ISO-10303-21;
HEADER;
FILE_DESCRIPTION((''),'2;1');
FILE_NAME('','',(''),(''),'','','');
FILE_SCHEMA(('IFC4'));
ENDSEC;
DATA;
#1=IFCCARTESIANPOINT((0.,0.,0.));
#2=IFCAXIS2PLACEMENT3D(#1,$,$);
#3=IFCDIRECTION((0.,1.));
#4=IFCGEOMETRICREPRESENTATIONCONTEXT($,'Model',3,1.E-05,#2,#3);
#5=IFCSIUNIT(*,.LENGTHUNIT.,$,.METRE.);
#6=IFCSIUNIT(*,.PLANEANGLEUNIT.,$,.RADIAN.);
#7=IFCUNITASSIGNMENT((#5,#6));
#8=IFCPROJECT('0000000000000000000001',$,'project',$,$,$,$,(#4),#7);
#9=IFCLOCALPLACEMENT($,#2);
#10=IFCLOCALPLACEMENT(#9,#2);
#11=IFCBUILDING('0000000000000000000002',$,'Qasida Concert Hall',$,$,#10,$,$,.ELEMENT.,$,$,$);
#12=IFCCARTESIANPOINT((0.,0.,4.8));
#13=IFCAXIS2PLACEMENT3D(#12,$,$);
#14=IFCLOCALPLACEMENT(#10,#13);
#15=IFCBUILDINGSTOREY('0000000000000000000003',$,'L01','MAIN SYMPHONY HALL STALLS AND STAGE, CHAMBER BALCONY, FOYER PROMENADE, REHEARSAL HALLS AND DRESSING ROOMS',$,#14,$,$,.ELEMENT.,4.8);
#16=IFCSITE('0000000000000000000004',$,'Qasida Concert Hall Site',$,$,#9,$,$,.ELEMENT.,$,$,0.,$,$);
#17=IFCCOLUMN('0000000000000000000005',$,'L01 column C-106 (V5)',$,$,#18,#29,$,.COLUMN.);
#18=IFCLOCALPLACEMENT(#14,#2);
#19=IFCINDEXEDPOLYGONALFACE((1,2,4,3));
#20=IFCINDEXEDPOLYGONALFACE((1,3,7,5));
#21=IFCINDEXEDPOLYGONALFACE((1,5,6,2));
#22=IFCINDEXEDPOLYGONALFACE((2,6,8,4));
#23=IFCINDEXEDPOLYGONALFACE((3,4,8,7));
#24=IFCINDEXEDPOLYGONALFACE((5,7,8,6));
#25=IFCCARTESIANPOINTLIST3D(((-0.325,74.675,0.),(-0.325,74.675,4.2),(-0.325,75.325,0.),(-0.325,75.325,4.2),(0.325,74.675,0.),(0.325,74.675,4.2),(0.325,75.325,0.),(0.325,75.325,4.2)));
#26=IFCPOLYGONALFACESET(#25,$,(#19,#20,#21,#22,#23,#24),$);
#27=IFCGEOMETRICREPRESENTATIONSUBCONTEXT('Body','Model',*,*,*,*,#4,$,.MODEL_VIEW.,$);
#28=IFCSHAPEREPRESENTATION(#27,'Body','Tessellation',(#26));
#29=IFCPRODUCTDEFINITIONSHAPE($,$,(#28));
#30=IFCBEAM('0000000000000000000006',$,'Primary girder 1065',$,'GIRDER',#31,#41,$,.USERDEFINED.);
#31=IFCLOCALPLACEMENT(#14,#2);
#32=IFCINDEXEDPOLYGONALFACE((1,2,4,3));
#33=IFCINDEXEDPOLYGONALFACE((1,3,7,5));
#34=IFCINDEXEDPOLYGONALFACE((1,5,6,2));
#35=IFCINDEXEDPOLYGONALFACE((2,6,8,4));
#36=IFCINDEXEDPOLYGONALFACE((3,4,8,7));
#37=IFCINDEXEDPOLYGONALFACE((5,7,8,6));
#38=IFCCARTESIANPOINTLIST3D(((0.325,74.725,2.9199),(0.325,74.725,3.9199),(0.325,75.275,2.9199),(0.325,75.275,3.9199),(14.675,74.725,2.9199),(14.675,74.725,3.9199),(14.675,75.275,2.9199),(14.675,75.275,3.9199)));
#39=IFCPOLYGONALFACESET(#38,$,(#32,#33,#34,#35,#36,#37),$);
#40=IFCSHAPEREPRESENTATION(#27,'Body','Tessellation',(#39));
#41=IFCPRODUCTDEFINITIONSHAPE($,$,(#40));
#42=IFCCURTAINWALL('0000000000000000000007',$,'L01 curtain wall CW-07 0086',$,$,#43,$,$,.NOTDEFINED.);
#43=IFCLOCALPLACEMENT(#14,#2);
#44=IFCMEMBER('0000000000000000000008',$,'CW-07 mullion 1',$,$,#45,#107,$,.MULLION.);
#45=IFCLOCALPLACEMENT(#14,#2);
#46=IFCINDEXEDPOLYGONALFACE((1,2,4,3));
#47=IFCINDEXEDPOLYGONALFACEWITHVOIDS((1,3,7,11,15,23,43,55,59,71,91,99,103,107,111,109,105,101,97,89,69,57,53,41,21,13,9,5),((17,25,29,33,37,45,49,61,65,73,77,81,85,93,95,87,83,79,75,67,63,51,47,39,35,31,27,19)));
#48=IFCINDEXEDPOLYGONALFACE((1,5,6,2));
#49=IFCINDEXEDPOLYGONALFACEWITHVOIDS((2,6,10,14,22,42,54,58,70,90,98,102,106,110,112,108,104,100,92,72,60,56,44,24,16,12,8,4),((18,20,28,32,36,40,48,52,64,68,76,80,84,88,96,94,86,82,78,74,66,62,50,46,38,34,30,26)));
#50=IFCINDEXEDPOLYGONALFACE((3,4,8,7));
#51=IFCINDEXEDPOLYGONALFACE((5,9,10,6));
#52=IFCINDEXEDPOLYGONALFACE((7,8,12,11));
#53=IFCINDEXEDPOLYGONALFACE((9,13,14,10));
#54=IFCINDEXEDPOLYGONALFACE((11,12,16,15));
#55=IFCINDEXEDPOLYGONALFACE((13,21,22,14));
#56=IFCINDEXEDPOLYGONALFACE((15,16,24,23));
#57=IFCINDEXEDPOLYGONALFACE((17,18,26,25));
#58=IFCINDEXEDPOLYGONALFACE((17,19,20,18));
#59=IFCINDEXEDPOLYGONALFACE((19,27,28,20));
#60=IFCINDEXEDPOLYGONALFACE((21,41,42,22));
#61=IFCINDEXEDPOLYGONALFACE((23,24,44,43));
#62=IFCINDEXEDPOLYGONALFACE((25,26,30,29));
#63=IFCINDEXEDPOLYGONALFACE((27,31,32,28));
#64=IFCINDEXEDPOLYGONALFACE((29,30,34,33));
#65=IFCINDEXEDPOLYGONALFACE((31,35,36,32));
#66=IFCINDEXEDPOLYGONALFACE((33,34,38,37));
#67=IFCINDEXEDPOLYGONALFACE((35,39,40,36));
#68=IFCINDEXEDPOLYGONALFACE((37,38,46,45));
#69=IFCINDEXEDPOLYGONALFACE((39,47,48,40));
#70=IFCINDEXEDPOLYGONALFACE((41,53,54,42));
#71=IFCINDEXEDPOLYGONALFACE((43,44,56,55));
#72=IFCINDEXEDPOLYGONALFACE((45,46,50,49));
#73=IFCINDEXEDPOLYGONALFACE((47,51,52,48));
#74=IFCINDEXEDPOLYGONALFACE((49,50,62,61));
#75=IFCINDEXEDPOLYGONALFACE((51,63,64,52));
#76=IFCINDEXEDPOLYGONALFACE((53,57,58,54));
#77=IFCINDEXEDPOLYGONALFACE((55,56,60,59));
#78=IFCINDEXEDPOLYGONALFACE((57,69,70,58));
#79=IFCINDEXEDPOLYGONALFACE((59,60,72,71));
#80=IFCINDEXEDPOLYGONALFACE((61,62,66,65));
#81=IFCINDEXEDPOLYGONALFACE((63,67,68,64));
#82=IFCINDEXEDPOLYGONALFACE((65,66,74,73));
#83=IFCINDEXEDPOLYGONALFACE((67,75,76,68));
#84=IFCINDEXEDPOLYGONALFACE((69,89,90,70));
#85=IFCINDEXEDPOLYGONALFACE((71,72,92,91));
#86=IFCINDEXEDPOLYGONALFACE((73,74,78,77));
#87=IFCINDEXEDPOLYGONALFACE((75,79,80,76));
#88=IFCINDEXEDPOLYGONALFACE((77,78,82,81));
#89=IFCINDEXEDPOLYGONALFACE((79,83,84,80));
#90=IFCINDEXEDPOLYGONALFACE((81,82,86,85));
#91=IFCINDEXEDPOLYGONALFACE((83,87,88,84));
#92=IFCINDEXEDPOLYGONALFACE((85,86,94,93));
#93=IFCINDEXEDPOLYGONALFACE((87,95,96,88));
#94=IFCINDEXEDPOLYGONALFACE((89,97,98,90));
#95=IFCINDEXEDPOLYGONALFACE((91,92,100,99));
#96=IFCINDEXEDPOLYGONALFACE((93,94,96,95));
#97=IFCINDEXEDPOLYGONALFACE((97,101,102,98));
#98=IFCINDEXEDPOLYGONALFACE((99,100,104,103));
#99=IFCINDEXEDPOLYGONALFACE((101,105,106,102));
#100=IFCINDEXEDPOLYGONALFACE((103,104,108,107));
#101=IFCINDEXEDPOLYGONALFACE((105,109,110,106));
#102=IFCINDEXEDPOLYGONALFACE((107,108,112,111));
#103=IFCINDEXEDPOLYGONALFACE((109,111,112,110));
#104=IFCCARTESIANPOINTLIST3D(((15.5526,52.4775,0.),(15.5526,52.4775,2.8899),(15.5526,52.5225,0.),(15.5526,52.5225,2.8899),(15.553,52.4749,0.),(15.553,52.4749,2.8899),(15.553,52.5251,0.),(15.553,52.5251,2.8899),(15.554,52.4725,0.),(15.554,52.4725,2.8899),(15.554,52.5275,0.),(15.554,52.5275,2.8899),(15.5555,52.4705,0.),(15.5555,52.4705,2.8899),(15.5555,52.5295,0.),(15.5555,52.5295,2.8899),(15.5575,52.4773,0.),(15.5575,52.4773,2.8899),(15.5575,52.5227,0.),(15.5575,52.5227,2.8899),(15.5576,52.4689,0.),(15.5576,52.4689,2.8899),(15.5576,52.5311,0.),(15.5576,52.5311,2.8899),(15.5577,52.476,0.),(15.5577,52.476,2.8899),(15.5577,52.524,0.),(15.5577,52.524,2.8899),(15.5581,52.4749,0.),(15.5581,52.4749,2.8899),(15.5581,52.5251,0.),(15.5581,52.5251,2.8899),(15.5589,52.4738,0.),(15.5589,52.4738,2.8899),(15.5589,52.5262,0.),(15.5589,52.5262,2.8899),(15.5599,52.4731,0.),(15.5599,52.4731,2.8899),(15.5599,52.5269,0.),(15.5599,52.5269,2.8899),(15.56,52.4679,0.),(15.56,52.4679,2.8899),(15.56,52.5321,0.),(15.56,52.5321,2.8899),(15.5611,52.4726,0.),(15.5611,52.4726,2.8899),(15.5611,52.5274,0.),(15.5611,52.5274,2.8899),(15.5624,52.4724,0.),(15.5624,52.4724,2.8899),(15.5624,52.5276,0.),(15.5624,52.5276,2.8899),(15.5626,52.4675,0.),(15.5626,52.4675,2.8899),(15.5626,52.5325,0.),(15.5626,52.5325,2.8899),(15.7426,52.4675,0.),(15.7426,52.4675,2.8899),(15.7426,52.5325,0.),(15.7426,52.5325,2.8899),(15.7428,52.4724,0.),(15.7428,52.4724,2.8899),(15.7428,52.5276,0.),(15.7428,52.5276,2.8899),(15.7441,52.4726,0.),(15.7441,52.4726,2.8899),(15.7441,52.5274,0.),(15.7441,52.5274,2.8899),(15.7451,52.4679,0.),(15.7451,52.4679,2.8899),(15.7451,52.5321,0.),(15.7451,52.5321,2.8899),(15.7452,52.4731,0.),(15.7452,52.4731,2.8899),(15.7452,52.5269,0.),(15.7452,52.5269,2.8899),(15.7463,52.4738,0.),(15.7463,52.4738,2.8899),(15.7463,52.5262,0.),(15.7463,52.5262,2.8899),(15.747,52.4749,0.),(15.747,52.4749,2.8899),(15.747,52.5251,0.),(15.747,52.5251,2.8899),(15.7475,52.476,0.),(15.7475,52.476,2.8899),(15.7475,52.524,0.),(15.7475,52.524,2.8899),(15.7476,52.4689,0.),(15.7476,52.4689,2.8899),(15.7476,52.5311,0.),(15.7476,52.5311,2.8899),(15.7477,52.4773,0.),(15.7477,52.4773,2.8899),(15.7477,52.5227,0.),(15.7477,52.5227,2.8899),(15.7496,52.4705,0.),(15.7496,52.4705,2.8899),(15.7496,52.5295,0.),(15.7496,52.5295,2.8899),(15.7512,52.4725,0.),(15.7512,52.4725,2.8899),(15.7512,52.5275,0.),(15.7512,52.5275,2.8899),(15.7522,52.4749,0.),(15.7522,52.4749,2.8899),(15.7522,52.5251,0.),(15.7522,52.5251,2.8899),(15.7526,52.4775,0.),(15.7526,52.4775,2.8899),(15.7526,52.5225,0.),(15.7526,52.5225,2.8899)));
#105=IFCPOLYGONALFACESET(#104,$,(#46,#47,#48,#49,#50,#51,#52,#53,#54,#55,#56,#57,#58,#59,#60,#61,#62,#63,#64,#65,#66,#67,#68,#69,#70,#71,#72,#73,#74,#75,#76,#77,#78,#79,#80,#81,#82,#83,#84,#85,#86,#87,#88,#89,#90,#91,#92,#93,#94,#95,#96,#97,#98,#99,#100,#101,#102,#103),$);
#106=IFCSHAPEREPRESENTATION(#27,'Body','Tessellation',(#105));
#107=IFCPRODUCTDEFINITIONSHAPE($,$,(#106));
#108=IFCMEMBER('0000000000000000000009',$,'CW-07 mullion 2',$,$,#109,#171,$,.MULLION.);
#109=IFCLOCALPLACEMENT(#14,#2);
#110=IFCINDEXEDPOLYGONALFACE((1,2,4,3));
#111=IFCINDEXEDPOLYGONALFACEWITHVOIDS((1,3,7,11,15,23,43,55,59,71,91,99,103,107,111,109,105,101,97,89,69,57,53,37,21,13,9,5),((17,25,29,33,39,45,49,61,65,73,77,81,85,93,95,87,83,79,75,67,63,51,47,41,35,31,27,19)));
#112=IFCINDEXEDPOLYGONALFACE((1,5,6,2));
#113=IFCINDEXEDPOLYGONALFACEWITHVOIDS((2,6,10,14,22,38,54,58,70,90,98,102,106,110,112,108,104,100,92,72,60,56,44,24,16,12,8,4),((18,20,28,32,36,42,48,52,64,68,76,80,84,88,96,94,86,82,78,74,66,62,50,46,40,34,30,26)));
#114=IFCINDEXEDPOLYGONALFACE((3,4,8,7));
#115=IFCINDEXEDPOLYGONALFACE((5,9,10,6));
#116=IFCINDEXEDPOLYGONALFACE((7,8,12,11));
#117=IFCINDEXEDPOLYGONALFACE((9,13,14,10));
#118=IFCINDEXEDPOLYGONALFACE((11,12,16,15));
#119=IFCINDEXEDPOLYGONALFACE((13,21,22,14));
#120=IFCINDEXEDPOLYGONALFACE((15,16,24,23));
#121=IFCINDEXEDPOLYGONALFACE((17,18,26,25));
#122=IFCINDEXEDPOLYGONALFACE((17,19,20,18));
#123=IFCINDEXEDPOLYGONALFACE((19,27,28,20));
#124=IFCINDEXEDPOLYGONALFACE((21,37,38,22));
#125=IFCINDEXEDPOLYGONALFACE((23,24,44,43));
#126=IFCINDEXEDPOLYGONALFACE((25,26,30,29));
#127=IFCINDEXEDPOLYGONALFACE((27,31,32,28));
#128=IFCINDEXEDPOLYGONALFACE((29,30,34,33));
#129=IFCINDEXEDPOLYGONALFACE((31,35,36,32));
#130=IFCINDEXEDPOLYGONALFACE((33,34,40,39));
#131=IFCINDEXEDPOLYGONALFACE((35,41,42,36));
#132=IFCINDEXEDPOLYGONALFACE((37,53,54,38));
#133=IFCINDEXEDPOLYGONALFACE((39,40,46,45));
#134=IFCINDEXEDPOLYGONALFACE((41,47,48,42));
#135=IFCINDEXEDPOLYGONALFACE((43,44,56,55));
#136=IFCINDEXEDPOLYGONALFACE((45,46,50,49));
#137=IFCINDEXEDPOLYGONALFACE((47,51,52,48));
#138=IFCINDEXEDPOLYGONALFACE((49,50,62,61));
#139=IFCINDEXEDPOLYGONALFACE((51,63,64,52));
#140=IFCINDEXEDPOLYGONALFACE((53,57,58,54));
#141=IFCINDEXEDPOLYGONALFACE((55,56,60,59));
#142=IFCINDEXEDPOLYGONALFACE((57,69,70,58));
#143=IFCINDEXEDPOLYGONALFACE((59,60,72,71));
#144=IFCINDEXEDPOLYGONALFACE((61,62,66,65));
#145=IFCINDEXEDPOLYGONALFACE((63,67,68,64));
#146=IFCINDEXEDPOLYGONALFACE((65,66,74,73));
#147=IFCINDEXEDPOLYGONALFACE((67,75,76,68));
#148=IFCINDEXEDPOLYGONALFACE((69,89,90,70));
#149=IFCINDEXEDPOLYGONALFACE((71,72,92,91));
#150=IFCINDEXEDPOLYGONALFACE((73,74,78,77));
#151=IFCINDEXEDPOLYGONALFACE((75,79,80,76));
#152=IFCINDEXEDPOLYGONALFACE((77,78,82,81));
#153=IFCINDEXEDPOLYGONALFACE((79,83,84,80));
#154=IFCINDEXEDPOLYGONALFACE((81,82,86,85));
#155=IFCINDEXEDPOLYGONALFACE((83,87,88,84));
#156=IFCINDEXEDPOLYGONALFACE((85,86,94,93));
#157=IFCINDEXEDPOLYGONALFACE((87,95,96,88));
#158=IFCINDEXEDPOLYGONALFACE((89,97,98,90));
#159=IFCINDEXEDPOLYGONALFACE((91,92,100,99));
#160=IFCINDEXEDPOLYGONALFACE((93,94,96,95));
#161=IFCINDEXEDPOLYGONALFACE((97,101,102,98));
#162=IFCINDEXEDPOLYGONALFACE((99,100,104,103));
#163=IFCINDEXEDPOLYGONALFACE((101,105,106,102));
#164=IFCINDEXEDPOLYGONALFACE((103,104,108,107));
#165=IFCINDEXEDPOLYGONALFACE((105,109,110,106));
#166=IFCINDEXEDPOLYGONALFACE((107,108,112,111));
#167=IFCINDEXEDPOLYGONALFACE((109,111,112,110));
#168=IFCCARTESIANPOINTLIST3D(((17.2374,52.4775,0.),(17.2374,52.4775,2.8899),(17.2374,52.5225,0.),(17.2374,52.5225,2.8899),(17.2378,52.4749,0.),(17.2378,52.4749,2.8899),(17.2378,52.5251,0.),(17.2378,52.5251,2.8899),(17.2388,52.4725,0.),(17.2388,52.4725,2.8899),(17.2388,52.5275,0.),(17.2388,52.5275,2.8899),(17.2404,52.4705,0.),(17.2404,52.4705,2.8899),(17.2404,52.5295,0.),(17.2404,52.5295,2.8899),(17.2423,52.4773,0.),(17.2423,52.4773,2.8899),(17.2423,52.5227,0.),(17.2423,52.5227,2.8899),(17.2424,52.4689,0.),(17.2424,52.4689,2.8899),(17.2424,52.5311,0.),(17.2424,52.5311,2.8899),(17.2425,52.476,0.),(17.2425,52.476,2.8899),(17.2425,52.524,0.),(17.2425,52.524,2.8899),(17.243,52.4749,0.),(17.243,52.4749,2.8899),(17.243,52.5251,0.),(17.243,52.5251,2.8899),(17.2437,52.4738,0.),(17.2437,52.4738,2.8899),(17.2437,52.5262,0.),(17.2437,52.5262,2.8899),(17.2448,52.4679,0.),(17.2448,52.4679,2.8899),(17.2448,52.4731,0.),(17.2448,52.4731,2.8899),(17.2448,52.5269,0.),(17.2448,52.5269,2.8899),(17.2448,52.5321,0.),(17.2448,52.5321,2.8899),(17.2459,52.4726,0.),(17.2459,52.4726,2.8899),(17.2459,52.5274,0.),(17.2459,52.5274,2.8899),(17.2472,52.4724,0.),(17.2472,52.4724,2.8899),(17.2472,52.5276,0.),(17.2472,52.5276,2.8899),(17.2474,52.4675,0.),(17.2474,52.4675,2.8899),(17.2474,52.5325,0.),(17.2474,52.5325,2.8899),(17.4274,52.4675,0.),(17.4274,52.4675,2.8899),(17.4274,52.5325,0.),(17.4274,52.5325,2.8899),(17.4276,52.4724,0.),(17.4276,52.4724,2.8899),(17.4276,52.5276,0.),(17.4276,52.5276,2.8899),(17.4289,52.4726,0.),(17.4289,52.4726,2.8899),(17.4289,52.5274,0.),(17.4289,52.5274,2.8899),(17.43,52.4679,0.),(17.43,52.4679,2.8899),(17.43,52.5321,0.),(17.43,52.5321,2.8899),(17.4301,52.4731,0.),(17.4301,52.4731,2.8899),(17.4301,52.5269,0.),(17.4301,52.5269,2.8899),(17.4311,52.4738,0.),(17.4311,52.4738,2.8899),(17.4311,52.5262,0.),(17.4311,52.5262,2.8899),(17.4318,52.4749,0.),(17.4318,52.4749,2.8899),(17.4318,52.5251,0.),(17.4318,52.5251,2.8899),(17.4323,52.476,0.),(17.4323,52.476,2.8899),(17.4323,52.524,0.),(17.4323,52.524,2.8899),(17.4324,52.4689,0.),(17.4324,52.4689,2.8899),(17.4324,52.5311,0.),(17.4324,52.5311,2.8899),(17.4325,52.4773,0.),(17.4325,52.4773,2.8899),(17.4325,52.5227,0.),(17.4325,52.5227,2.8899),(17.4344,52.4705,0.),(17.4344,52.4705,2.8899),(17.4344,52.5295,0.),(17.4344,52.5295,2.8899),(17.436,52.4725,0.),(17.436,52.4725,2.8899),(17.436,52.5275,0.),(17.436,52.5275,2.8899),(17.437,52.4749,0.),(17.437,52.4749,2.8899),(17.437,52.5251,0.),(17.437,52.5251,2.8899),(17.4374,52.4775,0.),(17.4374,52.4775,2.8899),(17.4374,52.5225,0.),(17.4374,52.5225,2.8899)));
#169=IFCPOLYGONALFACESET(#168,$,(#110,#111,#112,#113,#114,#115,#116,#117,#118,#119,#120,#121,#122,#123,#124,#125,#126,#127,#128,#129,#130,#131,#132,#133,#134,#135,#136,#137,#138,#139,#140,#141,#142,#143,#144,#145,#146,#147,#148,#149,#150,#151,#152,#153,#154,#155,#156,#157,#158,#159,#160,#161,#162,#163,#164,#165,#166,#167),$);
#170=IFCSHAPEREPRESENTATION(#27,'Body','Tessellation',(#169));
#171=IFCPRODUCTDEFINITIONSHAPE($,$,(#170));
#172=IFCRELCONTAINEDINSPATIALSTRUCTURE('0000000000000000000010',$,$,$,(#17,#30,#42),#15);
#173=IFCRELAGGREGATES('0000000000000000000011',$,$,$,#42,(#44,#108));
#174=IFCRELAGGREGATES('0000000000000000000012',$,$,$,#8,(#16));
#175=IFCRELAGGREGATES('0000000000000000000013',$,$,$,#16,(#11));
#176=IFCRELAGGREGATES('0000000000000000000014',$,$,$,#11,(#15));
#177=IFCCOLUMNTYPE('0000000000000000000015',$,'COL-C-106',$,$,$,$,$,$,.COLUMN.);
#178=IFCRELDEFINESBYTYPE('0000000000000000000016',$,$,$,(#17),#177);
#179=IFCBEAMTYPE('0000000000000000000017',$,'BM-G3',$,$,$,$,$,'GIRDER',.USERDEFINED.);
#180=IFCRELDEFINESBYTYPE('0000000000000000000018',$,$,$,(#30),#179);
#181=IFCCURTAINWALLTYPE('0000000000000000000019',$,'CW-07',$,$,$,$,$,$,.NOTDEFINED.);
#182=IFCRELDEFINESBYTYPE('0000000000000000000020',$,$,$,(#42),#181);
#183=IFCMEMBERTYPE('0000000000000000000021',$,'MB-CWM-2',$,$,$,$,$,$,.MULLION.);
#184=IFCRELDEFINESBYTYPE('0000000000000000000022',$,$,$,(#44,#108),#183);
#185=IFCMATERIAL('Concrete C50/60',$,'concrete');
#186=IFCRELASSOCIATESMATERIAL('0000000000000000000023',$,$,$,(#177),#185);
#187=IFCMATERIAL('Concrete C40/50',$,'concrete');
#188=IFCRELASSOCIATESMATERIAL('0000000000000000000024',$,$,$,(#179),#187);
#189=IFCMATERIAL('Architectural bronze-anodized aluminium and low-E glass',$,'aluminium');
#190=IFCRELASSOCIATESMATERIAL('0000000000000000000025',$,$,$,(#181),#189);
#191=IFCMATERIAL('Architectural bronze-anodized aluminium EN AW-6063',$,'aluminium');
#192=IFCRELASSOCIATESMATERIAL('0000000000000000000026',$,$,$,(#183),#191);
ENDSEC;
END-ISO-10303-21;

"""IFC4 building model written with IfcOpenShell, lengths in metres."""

from ifc_helpers import new_model, si_unit, direction, frame, origin, origin_2d, place, context, subcontext, project, spatial, rectangle, hollow_rectangle, extrude, material, material_profile, profile_set, type_object, element, aggregate, save


model = new_model("IFC4")

# Units and contexts
model_context = context("Model", 3, precision=1e-05, world=origin(), true_north=direction((0.0, 1.0)))
body_context = subcontext(model_context, "Body", "Model", "MODEL_VIEW")
ifc_project = project(units=[si_unit("LENGTHUNIT", "METRE"), si_unit("PLANEANGLEUNIT", "RADIAN")], contexts=[model_context])

# Site, building, storey
site_placement = place(None, origin())
site = spatial("IfcSite", under=ifc_project, at=site_placement, Name="Qasida Concert Hall Site", CompositionType="ELEMENT", RefElevation=0.0)
building_placement = place(site_placement, origin())
building = spatial("IfcBuilding", under=site, at=building_placement, Name="Qasida Concert Hall", CompositionType="ELEMENT")
storey_placement = place(building_placement, frame((0.0, 0.0, 4.8)))
storey = spatial("IfcBuildingStorey", under=building, at=storey_placement, Name="L01", Description="MAIN SYMPHONY HALL STALLS AND STAGE, CHAMBER BALCONY, FOYER PROMENADE, REHEARSAL HALLS AND DRESSING ROOMS", CompositionType="ELEMENT", Elevation=4.8)

# Column
ifc_material_1 = material(Name="Concrete C50/60", Category="concrete")
ifc_material_profile_1 = material_profile(ifc_material_1, rectangle(XDim=0.6499, YDim=0.6499, at=origin_2d()), Name="RC 650x650")
ifc_profile_set_1 = profile_set([ifc_material_profile_1], Name="Concrete C50/60")
column_type = type_object("IfcColumnType", Name="COL-C-106", PredefinedType="COLUMN", material=ifc_profile_set_1)
column_placement = place(storey_placement, frame((0.0, 75.0, 0.0), z_axis=(0.0, 0.0, 1.0), x_axis=(1.0, 0.0, 0.0)))
element("IfcColumn", 1, at=column_placement, inside=storey, type_object=column_type, Name="L01 column C-106 (V5)", PredefinedType="COLUMN", context=body_context, shape_type="SweptSolid", body=[
    extrude(rectangle(XDim=0.6499, YDim=0.6499, at=origin_2d()), origin(), (0.0, 0.0, 1.0), 4.2),
])

# Beam
ifc_material_2 = material(Name="Concrete C40/50", Category="concrete")
ifc_material_profile_2 = material_profile(ifc_material_2, rectangle(XDim=0.55, YDim=1.0, at=origin_2d()), Name="RC 550x1000")
ifc_profile_set_2 = profile_set([ifc_material_profile_2], Name="Concrete C40/50")
beam_type = type_object("IfcBeamType", Name="BM-G3", ElementType="GIRDER", PredefinedType="USERDEFINED", material=ifc_profile_set_2)
beam_placement = place(storey_placement, frame((0.325, 75.0, 3.4199), z_axis=(1.0, 0.0, 0.0), x_axis=(0.0, 1.0, 0.0)))
element("IfcBeam", 2, at=beam_placement, inside=storey, type_object=beam_type, Name="Primary girder 1065", ObjectType="GIRDER", PredefinedType="USERDEFINED", context=body_context, shape_type="SweptSolid", body=[
    extrude(rectangle(XDim=0.55, YDim=1.0, at=origin_2d()), origin(), (0.0, 0.0, 1.0), 14.3501),
])

# Curtain wall, members
ifc_material_3 = material(Name="Architectural bronze-anodized aluminium and low-E glass", Category="aluminium")
curtain_wall_type_1 = type_object("IfcCurtainWallType", Name="CW-07", PredefinedType="NOTDEFINED", material=ifc_material_3)
curtain_wall_1_placement = place(storey_placement, origin())
curtain_wall_1 = element("IfcCurtainWall", 3, at=curtain_wall_1_placement, inside=storey, type_object=curtain_wall_type_1, Name="L01 curtain wall CW-07 0086", PredefinedType="NOTDEFINED")
ifc_material_4 = material(Name="Architectural bronze-anodized aluminium EN AW-6063", Category="aluminium")
ifc_material_profile_3 = material_profile(ifc_material_4, hollow_rectangle(XDim=0.0649, YDim=0.2, WallThickness=0.0049, InnerFilletRadius=0.0049, OuterFilletRadius=0.01, at=origin_2d()), Name="CWM 200x65x5")
ifc_profile_set_3 = profile_set([ifc_material_profile_3], Name="Architectural bronze-anodized aluminium EN AW-6063")
member_type_1 = type_object("IfcMemberType", Name="MB-CWM-2", PredefinedType="MULLION", material=ifc_profile_set_3)
member_1_placement = place(storey_placement, frame((15.6526, 52.5, 0.0), z_axis=(0.0, 0.0, 1.0), x_axis=(0.0, 1.0, 0.0)))
member_1 = element("IfcMember", 4, at=member_1_placement, type_object=member_type_1, Name="CW-07 mullion 1", PredefinedType="MULLION", context=body_context, shape_type="SweptSolid", body=[
    extrude(hollow_rectangle(XDim=0.0649, YDim=0.2, WallThickness=0.0049, InnerFilletRadius=0.0049, OuterFilletRadius=0.01, at=origin_2d()), origin(), (0.0, 0.0, 1.0), 2.8899),
])
member_2_placement = place(storey_placement, frame((17.3374, 52.5, 0.0), z_axis=(0.0, 0.0, 1.0), x_axis=(0.0, 1.0, 0.0)))
member_2 = element("IfcMember", 5, at=member_2_placement, type_object=member_type_1, Name="CW-07 mullion 2", PredefinedType="MULLION", context=body_context, shape_type="SweptSolid", body=[
    extrude(hollow_rectangle(XDim=0.0649, YDim=0.2, WallThickness=0.0049, InnerFilletRadius=0.0049, OuterFilletRadius=0.01, at=origin_2d()), origin(), (0.0, 0.0, 1.0), 2.8899),
])

aggregate(curtain_wall_1, [member_1, member_2])

save(model, "model.ifc")
